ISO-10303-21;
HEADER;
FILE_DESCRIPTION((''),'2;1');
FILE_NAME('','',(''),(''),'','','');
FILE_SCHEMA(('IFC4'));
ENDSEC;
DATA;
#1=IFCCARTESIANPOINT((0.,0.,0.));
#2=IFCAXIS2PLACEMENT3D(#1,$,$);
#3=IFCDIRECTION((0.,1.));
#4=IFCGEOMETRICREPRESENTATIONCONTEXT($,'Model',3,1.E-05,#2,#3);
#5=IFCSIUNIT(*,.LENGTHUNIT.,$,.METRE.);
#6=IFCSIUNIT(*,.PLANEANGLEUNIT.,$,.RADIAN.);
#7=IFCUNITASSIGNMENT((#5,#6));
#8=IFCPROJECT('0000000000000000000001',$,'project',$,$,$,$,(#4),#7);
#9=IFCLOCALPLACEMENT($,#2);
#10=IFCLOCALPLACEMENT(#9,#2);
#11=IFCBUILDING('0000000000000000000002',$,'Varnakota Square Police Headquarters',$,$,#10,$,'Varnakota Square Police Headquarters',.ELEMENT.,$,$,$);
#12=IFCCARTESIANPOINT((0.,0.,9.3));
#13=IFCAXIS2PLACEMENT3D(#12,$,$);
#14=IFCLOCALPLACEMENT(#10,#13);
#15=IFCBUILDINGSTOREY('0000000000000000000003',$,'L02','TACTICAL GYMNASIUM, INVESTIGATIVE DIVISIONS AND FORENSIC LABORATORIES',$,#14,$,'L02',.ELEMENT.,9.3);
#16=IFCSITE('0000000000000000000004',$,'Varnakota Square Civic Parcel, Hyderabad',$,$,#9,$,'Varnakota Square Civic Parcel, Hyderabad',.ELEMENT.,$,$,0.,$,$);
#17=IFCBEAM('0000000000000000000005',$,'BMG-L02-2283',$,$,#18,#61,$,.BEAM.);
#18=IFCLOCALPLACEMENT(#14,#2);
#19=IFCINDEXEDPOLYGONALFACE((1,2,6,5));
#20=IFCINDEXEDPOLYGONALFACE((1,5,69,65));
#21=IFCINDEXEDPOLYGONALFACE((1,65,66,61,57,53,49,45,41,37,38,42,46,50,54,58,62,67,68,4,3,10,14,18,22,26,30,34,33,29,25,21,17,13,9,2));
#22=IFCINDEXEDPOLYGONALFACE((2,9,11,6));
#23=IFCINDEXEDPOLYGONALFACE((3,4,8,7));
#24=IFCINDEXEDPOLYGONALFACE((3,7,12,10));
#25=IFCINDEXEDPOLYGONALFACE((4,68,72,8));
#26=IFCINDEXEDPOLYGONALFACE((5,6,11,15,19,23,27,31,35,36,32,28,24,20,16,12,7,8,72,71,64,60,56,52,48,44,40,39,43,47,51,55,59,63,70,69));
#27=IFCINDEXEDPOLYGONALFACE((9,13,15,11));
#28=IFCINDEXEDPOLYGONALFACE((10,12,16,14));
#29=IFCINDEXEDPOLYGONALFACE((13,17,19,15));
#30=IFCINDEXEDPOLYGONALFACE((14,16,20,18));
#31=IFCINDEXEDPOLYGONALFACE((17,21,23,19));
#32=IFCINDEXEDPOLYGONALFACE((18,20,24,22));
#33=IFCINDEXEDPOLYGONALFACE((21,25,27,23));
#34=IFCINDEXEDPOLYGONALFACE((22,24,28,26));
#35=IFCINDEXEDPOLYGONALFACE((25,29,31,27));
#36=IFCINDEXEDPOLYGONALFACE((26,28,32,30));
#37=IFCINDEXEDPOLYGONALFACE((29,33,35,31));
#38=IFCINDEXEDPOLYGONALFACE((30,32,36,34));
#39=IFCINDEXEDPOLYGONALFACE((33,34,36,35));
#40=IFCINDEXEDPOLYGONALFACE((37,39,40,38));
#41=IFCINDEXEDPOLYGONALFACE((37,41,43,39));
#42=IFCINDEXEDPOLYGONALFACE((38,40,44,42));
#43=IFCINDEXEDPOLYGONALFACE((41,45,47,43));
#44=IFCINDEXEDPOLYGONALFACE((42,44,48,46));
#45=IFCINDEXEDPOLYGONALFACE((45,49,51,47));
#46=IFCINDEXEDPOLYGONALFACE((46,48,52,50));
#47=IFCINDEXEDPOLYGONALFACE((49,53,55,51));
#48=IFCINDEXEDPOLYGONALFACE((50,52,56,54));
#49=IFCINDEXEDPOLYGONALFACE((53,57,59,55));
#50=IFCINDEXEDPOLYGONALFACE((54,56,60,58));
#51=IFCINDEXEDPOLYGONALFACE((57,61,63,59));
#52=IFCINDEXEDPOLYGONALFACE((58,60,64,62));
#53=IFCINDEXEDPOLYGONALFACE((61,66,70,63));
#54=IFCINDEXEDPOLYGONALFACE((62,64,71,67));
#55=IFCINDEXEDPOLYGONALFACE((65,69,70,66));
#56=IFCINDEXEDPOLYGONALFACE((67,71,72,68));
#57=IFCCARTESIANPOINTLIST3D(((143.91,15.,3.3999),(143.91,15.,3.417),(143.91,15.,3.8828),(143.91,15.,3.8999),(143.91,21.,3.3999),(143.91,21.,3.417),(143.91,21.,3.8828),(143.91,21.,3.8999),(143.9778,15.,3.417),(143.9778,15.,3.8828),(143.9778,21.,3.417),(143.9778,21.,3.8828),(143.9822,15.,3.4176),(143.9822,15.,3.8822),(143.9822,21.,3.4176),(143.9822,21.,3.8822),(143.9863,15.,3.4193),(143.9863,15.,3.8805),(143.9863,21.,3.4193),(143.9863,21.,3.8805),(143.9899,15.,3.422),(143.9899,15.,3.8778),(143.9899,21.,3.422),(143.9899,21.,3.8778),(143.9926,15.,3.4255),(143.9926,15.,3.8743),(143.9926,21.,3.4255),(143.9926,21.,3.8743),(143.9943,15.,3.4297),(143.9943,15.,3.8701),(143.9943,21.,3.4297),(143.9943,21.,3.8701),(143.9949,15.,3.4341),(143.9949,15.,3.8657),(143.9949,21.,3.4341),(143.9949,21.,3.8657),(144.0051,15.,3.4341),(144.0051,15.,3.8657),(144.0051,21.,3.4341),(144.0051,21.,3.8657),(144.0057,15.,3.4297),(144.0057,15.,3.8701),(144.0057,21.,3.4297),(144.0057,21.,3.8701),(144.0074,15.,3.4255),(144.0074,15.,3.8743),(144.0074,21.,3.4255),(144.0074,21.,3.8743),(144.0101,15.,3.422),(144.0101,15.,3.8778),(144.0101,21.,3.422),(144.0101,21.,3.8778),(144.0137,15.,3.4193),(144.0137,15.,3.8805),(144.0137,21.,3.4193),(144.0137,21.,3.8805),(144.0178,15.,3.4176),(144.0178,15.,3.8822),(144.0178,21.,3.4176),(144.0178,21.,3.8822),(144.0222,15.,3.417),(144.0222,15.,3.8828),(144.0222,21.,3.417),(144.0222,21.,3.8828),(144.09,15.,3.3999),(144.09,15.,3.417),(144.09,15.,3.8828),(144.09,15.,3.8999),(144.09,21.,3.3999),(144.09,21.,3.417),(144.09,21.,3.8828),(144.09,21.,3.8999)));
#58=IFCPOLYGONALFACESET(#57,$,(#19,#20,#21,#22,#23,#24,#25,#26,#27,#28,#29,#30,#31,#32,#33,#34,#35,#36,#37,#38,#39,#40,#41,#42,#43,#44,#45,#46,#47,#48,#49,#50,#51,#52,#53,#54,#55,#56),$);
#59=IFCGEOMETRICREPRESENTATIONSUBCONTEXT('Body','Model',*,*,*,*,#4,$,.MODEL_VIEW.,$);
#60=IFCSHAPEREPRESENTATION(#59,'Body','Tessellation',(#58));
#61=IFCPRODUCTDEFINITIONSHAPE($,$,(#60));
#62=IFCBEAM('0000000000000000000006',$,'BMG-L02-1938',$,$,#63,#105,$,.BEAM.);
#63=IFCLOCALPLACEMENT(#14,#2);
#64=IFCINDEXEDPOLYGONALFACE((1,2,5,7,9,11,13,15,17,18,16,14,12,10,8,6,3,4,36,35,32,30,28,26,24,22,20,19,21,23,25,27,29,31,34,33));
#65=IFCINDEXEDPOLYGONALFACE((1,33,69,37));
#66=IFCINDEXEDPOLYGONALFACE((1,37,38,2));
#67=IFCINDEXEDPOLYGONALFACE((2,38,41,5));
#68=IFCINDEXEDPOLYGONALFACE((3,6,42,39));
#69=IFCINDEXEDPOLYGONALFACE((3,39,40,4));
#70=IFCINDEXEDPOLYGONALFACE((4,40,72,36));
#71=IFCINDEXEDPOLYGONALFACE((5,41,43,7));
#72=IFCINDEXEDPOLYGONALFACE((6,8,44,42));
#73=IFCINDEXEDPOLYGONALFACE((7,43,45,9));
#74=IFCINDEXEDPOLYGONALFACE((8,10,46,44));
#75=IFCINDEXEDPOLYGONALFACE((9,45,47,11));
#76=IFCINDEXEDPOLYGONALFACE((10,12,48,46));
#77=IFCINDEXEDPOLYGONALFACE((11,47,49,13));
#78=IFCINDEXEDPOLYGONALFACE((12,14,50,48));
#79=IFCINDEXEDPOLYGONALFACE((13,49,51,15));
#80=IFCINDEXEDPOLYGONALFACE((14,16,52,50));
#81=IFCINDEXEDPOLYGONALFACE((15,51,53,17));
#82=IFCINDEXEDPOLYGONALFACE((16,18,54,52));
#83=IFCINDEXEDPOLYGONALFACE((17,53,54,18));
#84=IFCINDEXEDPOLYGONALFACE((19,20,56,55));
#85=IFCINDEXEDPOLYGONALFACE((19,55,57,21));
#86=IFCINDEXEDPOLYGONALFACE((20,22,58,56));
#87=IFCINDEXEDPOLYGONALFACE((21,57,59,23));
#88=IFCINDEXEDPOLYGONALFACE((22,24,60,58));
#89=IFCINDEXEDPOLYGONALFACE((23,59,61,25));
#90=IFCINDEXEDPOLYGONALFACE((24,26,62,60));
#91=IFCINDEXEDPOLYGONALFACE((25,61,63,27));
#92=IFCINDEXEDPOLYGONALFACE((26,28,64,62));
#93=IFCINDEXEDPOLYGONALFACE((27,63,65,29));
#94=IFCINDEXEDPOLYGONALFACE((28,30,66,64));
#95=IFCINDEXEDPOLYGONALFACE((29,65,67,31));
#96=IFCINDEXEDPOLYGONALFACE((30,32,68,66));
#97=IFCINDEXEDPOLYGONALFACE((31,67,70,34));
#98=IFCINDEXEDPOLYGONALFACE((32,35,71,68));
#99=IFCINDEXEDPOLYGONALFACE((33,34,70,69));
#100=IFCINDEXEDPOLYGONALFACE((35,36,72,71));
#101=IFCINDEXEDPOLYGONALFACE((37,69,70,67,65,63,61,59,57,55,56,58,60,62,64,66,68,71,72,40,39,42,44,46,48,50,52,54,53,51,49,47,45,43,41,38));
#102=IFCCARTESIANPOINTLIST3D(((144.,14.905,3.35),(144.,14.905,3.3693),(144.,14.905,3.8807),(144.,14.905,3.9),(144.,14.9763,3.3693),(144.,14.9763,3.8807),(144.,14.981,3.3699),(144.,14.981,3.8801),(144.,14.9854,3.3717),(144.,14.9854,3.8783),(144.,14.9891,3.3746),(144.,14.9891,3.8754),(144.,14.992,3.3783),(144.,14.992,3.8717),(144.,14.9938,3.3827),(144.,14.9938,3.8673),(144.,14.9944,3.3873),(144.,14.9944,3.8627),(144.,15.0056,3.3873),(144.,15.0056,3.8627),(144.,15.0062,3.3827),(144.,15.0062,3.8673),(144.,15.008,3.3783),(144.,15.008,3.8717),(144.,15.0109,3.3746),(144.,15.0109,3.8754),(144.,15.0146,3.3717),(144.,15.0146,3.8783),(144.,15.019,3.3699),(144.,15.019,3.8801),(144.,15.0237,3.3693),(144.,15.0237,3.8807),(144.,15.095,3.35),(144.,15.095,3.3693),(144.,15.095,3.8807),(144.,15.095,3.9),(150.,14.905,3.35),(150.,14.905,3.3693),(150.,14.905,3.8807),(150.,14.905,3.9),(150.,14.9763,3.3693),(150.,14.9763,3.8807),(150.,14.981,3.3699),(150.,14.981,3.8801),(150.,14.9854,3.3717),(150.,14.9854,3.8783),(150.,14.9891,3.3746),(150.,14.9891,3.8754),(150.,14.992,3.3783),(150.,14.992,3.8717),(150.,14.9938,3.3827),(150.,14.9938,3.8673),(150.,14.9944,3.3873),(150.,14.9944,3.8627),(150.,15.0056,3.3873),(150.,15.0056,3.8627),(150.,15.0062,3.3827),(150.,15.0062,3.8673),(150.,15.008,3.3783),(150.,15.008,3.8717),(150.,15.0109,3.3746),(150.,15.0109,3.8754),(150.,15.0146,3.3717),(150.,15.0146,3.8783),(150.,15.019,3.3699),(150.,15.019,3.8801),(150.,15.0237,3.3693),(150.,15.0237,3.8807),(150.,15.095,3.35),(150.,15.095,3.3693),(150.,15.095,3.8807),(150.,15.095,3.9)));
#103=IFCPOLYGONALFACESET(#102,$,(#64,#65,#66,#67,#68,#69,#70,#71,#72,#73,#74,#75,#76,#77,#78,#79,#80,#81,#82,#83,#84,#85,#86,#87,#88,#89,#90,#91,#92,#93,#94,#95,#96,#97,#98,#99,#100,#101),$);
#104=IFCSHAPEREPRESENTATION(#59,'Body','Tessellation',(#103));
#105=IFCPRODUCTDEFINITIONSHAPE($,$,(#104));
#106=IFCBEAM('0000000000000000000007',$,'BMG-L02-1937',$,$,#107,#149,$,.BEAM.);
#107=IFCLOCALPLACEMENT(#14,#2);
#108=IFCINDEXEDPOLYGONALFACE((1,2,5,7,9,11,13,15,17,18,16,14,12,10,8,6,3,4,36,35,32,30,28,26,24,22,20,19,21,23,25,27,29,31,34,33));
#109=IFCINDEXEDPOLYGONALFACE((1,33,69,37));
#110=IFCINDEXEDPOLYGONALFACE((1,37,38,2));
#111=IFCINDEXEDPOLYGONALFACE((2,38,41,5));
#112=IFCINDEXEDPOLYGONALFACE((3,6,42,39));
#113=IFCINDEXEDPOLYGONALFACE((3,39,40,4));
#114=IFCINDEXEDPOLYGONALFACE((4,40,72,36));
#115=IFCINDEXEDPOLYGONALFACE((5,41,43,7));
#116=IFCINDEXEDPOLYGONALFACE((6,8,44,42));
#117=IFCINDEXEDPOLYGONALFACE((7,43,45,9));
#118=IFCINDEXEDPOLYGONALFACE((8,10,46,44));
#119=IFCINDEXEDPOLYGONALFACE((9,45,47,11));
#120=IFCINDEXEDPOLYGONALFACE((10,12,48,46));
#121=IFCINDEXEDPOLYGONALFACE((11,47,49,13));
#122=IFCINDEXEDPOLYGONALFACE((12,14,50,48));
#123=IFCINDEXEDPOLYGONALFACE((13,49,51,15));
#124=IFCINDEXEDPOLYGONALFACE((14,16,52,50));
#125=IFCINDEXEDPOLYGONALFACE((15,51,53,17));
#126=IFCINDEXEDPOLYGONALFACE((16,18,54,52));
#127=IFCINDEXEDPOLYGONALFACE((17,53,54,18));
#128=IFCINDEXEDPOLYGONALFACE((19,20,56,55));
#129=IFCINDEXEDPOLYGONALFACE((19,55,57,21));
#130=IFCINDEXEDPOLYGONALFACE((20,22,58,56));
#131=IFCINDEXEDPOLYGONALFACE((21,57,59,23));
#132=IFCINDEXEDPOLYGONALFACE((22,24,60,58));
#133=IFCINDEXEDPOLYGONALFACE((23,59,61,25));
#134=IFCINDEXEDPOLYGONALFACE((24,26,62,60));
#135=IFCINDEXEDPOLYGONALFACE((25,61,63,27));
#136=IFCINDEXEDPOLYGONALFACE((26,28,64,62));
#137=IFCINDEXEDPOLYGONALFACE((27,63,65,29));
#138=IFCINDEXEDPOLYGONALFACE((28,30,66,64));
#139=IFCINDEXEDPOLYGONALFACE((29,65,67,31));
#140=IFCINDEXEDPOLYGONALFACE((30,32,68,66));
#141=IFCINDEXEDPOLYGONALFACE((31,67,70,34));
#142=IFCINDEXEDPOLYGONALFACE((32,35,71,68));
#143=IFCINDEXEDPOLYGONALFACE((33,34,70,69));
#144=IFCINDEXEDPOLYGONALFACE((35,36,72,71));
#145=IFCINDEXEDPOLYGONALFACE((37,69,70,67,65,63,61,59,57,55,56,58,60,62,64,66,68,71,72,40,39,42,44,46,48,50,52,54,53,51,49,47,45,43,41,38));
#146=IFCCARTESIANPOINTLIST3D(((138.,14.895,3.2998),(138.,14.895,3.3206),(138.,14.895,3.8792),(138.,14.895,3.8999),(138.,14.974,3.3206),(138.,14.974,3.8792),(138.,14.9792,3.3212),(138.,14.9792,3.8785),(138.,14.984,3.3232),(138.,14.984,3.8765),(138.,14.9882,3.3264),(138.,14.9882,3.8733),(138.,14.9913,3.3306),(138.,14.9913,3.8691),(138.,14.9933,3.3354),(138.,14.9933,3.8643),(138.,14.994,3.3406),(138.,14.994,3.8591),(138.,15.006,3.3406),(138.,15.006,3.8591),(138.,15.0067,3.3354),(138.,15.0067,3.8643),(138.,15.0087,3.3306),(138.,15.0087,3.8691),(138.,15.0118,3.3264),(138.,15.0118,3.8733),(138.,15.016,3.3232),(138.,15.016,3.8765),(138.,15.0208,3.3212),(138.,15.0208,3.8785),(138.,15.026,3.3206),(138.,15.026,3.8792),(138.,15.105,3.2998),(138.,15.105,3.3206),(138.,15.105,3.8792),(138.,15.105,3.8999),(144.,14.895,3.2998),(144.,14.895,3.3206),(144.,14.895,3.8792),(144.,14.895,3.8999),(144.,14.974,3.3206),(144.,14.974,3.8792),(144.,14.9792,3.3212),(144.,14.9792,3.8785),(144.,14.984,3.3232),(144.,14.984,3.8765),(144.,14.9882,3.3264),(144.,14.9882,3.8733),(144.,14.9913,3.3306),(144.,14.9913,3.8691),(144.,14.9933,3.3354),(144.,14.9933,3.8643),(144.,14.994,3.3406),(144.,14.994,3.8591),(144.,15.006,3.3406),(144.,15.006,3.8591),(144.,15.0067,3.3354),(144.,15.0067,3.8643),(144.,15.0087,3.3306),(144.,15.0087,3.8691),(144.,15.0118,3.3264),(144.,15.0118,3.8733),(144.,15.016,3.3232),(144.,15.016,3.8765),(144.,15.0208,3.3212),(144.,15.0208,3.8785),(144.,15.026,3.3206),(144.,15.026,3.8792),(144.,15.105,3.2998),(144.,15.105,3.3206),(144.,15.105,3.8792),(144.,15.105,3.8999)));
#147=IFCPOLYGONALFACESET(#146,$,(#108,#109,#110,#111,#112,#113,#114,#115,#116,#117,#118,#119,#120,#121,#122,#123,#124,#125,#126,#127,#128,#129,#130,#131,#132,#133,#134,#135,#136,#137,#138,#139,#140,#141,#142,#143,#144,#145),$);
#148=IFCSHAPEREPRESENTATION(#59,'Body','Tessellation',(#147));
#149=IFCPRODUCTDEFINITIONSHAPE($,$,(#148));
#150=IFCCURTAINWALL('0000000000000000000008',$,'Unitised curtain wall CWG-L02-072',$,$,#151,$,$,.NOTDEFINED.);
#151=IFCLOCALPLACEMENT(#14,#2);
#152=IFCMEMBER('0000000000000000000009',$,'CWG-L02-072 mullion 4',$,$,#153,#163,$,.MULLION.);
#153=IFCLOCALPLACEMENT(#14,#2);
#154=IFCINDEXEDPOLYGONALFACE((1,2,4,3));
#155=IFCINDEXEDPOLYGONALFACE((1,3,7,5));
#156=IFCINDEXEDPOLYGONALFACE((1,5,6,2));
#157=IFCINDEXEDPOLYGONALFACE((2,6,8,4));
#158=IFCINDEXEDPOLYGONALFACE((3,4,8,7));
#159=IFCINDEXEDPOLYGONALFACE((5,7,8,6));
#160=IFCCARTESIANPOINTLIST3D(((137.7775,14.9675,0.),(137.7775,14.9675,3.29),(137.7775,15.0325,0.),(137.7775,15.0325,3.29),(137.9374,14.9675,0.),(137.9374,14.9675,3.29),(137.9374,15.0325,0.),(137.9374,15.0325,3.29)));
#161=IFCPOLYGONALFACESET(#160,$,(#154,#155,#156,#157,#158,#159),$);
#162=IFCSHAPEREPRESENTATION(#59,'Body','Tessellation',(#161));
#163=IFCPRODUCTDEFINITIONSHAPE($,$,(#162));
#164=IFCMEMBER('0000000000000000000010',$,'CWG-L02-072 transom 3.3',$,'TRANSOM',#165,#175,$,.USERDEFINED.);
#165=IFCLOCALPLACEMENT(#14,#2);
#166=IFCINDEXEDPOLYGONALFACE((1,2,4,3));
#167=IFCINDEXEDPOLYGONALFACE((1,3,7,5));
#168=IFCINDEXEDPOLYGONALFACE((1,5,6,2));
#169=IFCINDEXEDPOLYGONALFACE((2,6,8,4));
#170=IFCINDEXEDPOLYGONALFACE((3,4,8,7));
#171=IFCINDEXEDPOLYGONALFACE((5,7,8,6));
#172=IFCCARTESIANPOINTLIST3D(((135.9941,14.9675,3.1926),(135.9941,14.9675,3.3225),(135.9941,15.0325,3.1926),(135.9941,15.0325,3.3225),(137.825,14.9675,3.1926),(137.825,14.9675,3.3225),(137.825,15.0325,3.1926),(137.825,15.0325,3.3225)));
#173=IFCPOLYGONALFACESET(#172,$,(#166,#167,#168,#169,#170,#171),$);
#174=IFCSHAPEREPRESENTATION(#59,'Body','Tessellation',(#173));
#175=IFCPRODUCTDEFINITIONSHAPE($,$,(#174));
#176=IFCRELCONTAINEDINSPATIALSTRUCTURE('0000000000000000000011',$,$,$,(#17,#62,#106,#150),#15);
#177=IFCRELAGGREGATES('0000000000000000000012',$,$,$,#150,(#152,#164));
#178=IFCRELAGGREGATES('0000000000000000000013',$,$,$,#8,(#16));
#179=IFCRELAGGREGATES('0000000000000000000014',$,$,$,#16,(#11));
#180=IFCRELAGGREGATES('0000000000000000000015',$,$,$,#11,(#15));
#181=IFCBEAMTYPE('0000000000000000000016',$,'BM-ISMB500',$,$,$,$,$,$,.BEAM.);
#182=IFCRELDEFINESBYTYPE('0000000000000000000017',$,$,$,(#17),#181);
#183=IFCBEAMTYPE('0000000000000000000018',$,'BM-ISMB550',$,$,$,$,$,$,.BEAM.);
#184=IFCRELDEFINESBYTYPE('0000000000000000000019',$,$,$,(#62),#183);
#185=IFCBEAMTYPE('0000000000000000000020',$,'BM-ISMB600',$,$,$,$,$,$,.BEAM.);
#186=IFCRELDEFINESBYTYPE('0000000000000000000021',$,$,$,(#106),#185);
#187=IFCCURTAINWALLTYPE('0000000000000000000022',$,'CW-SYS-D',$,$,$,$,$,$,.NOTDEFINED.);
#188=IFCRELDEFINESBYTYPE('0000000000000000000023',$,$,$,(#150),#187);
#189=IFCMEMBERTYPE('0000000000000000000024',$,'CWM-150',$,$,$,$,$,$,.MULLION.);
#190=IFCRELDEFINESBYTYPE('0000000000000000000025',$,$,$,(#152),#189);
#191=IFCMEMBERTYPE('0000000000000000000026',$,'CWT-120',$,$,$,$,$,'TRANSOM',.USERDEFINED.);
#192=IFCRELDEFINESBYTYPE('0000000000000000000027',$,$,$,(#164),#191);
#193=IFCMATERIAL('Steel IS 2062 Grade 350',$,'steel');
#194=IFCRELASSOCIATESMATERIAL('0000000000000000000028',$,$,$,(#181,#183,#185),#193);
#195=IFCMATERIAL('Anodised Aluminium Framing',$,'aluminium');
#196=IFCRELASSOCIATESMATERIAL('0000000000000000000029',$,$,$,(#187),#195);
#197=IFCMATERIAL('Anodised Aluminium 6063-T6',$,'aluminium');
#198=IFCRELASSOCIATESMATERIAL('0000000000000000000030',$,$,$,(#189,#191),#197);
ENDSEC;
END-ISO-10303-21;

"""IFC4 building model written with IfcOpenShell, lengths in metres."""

from ifc_helpers import new_model, si_unit, direction, frame, origin, origin_2d, place, context, subcontext, project, spatial, rectangle, i_section, extrude, material, material_profile, profile_set, type_object, element, aggregate, save


model = new_model("IFC4")

# Units and contexts
model_context = context("Model", 3, precision=1e-05, world=origin(), true_north=direction((0.0, 1.0)))
body_context = subcontext(model_context, "Body", "Model", "MODEL_VIEW")
ifc_project = project(units=[si_unit("LENGTHUNIT", "METRE"), si_unit("PLANEANGLEUNIT", "RADIAN")], contexts=[model_context])

# Site, building, storey
site_placement = place(None, origin())
site = spatial("IfcSite", under=ifc_project, at=site_placement, Name="Varnakota Square Civic Parcel, Hyderabad", LongName="Varnakota Square Civic Parcel, Hyderabad", CompositionType="ELEMENT", RefElevation=0.0)
building_placement = place(site_placement, origin())
building = spatial("IfcBuilding", under=site, at=building_placement, Name="Varnakota Square Police Headquarters", LongName="Varnakota Square Police Headquarters", CompositionType="ELEMENT")
storey_placement = place(building_placement, frame((0.0, 0.0, 9.3)))
storey = spatial("IfcBuildingStorey", under=building, at=storey_placement, Name="L02", Description="TACTICAL GYMNASIUM, INVESTIGATIVE DIVISIONS AND FORENSIC LABORATORIES", LongName="L02", CompositionType="ELEMENT", Elevation=9.3)

# Shared definitions
ifc_material_1 = material(Name="Steel IS 2062 Grade 350", Category="steel")

# Beams
ifc_material_profile_1 = material_profile(ifc_material_1, i_section(OverallWidth=0.1799, OverallDepth=0.5, WebThickness=0.0103, FlangeThickness=0.0171, FilletRadius=0.0171, at=origin_2d()), Name="ISMB 500")
ifc_profile_set_1 = profile_set([ifc_material_profile_1], Name="Steel IS 2062 Grade 350")
beam_type_1 = type_object("IfcBeamType", Name="BM-ISMB500", PredefinedType="BEAM", material=ifc_profile_set_1)
for number, where, z_axis, x_axis, name in (
    (1, (144.0, 15.0, 3.6499), (0.0, 1.0, 0.0), (-1.0, 0.0, 0.0), "BMG-L02-2283"),
):
    element("IfcBeam", number, at=place(storey_placement, frame(where, z_axis=z_axis, x_axis=x_axis)), inside=storey, type_object=beam_type_1, Name=name, PredefinedType="BEAM", context=body_context, shape_type="SweptSolid", body=[
        extrude(i_section(OverallWidth=0.1799, OverallDepth=0.5, WebThickness=0.0103, FlangeThickness=0.0171, FilletRadius=0.0171, at=origin_2d()), origin(), (0.0, 0.0, 1.0), 6.0),
    ])
ifc_material_profile_2 = material_profile(ifc_material_1, i_section(OverallWidth=0.1899, OverallDepth=0.55, WebThickness=0.0112, FlangeThickness=0.0193, FilletRadius=0.0181, at=origin_2d()), Name="ISMB 550")
ifc_profile_set_2 = profile_set([ifc_material_profile_2], Name="Steel IS 2062 Grade 350")
beam_type_2 = type_object("IfcBeamType", Name="BM-ISMB550", PredefinedType="BEAM", material=ifc_profile_set_2)
beam_1_placement = place(storey_placement, frame((144.0, 15.0, 3.625), z_axis=(1.0, 0.0, 0.0), x_axis=(0.0, 1.0, 0.0)))
element("IfcBeam", 2, at=beam_1_placement, inside=storey, type_object=beam_type_2, Name="BMG-L02-1938", PredefinedType="BEAM", context=body_context, shape_type="SweptSolid", body=[
    extrude(i_section(OverallWidth=0.1899, OverallDepth=0.55, WebThickness=0.0112, FlangeThickness=0.0193, FilletRadius=0.0181, at=origin_2d()), origin(), (0.0, 0.0, 1.0), 6.0),
])
ifc_material_profile_3 = material_profile(ifc_material_1, i_section(OverallWidth=0.21, OverallDepth=0.6001, WebThickness=0.012, FlangeThickness=0.0208, FilletRadius=0.02, at=origin_2d()), Name="ISMB 600")
ifc_profile_set_3 = profile_set([ifc_material_profile_3], Name="Steel IS 2062 Grade 350")
beam_type_3 = type_object("IfcBeamType", Name="BM-ISMB600", PredefinedType="BEAM", material=ifc_profile_set_3)
beam_2_placement = place(storey_placement, frame((138.0, 15.0, 3.5999), z_axis=(1.0, 0.0, 0.0), x_axis=(0.0, 1.0, 0.0)))
element("IfcBeam", 3, at=beam_2_placement, inside=storey, type_object=beam_type_3, Name="BMG-L02-1937", PredefinedType="BEAM", context=body_context, shape_type="SweptSolid", body=[
    extrude(i_section(OverallWidth=0.21, OverallDepth=0.6001, WebThickness=0.012, FlangeThickness=0.0208, FilletRadius=0.02, at=origin_2d()), origin(), (0.0, 0.0, 1.0), 6.0),
])

# Curtain wall, members
ifc_material_2 = material(Name="Anodised Aluminium Framing", Category="aluminium")
curtain_wall_type = type_object("IfcCurtainWallType", Name="CW-SYS-D", PredefinedType="NOTDEFINED", material=ifc_material_2)
curtain_wall_placement = place(storey_placement, origin())
curtain_wall = element("IfcCurtainWall", 4, at=curtain_wall_placement, inside=storey, type_object=curtain_wall_type, Name="Unitised curtain wall CWG-L02-072", PredefinedType="NOTDEFINED")
ifc_material_3 = material(Name="Anodised Aluminium 6063-T6", Category="aluminium")
ifc_material_profile_4 = material_profile(ifc_material_3, rectangle(XDim=0.0649, YDim=0.1599, at=origin_2d()), Name="ALU MULLION 65x160")
ifc_profile_set_4 = profile_set([ifc_material_profile_4], Name="Anodised Aluminium 6063-T6")
member_type_1 = type_object("IfcMemberType", Name="CWM-150", PredefinedType="MULLION", material=ifc_profile_set_4)
member_1_placement = place(storey_placement, frame((137.8574, 15.0, 0.0), z_axis=(0.0, 0.0, 1.0), x_axis=(0.0, 1.0, 0.0)))
member_1 = element("IfcMember", 5, at=member_1_placement, type_object=member_type_1, Name="CWG-L02-072 mullion 4", PredefinedType="MULLION", context=body_context, shape_type="SweptSolid", body=[
    extrude(rectangle(XDim=0.0649, YDim=0.1599, at=origin_2d()), origin(), (0.0, 0.0, 1.0), 3.29),
])
ifc_material_profile_5 = material_profile(ifc_material_3, rectangle(XDim=0.0649, YDim=0.1299, at=origin_2d()), Name="ALU TRANSOM 65x130")
ifc_profile_set_5 = profile_set([ifc_material_profile_5], Name="Anodised Aluminium 6063-T6")
member_type_2 = type_object("IfcMemberType", Name="CWT-120", ElementType="TRANSOM", PredefinedType="USERDEFINED", material=ifc_profile_set_5)
member_2_placement = place(storey_placement, frame((135.9941, 15.0, 3.2576), z_axis=(1.0, 0.0, 0.0), x_axis=(0.0, 1.0, 0.0)))
member_2 = element("IfcMember", 6, at=member_2_placement, type_object=member_type_2, Name="CWG-L02-072 transom 3.3", ObjectType="TRANSOM", PredefinedType="USERDEFINED", context=body_context, shape_type="SweptSolid", body=[
    extrude(rectangle(XDim=0.0649, YDim=0.1299, at=origin_2d()), origin(), (0.0, 0.0, 1.0), 1.8308),
])

aggregate(curtain_wall, [member_1, member_2])

save(model, "model.ifc")
